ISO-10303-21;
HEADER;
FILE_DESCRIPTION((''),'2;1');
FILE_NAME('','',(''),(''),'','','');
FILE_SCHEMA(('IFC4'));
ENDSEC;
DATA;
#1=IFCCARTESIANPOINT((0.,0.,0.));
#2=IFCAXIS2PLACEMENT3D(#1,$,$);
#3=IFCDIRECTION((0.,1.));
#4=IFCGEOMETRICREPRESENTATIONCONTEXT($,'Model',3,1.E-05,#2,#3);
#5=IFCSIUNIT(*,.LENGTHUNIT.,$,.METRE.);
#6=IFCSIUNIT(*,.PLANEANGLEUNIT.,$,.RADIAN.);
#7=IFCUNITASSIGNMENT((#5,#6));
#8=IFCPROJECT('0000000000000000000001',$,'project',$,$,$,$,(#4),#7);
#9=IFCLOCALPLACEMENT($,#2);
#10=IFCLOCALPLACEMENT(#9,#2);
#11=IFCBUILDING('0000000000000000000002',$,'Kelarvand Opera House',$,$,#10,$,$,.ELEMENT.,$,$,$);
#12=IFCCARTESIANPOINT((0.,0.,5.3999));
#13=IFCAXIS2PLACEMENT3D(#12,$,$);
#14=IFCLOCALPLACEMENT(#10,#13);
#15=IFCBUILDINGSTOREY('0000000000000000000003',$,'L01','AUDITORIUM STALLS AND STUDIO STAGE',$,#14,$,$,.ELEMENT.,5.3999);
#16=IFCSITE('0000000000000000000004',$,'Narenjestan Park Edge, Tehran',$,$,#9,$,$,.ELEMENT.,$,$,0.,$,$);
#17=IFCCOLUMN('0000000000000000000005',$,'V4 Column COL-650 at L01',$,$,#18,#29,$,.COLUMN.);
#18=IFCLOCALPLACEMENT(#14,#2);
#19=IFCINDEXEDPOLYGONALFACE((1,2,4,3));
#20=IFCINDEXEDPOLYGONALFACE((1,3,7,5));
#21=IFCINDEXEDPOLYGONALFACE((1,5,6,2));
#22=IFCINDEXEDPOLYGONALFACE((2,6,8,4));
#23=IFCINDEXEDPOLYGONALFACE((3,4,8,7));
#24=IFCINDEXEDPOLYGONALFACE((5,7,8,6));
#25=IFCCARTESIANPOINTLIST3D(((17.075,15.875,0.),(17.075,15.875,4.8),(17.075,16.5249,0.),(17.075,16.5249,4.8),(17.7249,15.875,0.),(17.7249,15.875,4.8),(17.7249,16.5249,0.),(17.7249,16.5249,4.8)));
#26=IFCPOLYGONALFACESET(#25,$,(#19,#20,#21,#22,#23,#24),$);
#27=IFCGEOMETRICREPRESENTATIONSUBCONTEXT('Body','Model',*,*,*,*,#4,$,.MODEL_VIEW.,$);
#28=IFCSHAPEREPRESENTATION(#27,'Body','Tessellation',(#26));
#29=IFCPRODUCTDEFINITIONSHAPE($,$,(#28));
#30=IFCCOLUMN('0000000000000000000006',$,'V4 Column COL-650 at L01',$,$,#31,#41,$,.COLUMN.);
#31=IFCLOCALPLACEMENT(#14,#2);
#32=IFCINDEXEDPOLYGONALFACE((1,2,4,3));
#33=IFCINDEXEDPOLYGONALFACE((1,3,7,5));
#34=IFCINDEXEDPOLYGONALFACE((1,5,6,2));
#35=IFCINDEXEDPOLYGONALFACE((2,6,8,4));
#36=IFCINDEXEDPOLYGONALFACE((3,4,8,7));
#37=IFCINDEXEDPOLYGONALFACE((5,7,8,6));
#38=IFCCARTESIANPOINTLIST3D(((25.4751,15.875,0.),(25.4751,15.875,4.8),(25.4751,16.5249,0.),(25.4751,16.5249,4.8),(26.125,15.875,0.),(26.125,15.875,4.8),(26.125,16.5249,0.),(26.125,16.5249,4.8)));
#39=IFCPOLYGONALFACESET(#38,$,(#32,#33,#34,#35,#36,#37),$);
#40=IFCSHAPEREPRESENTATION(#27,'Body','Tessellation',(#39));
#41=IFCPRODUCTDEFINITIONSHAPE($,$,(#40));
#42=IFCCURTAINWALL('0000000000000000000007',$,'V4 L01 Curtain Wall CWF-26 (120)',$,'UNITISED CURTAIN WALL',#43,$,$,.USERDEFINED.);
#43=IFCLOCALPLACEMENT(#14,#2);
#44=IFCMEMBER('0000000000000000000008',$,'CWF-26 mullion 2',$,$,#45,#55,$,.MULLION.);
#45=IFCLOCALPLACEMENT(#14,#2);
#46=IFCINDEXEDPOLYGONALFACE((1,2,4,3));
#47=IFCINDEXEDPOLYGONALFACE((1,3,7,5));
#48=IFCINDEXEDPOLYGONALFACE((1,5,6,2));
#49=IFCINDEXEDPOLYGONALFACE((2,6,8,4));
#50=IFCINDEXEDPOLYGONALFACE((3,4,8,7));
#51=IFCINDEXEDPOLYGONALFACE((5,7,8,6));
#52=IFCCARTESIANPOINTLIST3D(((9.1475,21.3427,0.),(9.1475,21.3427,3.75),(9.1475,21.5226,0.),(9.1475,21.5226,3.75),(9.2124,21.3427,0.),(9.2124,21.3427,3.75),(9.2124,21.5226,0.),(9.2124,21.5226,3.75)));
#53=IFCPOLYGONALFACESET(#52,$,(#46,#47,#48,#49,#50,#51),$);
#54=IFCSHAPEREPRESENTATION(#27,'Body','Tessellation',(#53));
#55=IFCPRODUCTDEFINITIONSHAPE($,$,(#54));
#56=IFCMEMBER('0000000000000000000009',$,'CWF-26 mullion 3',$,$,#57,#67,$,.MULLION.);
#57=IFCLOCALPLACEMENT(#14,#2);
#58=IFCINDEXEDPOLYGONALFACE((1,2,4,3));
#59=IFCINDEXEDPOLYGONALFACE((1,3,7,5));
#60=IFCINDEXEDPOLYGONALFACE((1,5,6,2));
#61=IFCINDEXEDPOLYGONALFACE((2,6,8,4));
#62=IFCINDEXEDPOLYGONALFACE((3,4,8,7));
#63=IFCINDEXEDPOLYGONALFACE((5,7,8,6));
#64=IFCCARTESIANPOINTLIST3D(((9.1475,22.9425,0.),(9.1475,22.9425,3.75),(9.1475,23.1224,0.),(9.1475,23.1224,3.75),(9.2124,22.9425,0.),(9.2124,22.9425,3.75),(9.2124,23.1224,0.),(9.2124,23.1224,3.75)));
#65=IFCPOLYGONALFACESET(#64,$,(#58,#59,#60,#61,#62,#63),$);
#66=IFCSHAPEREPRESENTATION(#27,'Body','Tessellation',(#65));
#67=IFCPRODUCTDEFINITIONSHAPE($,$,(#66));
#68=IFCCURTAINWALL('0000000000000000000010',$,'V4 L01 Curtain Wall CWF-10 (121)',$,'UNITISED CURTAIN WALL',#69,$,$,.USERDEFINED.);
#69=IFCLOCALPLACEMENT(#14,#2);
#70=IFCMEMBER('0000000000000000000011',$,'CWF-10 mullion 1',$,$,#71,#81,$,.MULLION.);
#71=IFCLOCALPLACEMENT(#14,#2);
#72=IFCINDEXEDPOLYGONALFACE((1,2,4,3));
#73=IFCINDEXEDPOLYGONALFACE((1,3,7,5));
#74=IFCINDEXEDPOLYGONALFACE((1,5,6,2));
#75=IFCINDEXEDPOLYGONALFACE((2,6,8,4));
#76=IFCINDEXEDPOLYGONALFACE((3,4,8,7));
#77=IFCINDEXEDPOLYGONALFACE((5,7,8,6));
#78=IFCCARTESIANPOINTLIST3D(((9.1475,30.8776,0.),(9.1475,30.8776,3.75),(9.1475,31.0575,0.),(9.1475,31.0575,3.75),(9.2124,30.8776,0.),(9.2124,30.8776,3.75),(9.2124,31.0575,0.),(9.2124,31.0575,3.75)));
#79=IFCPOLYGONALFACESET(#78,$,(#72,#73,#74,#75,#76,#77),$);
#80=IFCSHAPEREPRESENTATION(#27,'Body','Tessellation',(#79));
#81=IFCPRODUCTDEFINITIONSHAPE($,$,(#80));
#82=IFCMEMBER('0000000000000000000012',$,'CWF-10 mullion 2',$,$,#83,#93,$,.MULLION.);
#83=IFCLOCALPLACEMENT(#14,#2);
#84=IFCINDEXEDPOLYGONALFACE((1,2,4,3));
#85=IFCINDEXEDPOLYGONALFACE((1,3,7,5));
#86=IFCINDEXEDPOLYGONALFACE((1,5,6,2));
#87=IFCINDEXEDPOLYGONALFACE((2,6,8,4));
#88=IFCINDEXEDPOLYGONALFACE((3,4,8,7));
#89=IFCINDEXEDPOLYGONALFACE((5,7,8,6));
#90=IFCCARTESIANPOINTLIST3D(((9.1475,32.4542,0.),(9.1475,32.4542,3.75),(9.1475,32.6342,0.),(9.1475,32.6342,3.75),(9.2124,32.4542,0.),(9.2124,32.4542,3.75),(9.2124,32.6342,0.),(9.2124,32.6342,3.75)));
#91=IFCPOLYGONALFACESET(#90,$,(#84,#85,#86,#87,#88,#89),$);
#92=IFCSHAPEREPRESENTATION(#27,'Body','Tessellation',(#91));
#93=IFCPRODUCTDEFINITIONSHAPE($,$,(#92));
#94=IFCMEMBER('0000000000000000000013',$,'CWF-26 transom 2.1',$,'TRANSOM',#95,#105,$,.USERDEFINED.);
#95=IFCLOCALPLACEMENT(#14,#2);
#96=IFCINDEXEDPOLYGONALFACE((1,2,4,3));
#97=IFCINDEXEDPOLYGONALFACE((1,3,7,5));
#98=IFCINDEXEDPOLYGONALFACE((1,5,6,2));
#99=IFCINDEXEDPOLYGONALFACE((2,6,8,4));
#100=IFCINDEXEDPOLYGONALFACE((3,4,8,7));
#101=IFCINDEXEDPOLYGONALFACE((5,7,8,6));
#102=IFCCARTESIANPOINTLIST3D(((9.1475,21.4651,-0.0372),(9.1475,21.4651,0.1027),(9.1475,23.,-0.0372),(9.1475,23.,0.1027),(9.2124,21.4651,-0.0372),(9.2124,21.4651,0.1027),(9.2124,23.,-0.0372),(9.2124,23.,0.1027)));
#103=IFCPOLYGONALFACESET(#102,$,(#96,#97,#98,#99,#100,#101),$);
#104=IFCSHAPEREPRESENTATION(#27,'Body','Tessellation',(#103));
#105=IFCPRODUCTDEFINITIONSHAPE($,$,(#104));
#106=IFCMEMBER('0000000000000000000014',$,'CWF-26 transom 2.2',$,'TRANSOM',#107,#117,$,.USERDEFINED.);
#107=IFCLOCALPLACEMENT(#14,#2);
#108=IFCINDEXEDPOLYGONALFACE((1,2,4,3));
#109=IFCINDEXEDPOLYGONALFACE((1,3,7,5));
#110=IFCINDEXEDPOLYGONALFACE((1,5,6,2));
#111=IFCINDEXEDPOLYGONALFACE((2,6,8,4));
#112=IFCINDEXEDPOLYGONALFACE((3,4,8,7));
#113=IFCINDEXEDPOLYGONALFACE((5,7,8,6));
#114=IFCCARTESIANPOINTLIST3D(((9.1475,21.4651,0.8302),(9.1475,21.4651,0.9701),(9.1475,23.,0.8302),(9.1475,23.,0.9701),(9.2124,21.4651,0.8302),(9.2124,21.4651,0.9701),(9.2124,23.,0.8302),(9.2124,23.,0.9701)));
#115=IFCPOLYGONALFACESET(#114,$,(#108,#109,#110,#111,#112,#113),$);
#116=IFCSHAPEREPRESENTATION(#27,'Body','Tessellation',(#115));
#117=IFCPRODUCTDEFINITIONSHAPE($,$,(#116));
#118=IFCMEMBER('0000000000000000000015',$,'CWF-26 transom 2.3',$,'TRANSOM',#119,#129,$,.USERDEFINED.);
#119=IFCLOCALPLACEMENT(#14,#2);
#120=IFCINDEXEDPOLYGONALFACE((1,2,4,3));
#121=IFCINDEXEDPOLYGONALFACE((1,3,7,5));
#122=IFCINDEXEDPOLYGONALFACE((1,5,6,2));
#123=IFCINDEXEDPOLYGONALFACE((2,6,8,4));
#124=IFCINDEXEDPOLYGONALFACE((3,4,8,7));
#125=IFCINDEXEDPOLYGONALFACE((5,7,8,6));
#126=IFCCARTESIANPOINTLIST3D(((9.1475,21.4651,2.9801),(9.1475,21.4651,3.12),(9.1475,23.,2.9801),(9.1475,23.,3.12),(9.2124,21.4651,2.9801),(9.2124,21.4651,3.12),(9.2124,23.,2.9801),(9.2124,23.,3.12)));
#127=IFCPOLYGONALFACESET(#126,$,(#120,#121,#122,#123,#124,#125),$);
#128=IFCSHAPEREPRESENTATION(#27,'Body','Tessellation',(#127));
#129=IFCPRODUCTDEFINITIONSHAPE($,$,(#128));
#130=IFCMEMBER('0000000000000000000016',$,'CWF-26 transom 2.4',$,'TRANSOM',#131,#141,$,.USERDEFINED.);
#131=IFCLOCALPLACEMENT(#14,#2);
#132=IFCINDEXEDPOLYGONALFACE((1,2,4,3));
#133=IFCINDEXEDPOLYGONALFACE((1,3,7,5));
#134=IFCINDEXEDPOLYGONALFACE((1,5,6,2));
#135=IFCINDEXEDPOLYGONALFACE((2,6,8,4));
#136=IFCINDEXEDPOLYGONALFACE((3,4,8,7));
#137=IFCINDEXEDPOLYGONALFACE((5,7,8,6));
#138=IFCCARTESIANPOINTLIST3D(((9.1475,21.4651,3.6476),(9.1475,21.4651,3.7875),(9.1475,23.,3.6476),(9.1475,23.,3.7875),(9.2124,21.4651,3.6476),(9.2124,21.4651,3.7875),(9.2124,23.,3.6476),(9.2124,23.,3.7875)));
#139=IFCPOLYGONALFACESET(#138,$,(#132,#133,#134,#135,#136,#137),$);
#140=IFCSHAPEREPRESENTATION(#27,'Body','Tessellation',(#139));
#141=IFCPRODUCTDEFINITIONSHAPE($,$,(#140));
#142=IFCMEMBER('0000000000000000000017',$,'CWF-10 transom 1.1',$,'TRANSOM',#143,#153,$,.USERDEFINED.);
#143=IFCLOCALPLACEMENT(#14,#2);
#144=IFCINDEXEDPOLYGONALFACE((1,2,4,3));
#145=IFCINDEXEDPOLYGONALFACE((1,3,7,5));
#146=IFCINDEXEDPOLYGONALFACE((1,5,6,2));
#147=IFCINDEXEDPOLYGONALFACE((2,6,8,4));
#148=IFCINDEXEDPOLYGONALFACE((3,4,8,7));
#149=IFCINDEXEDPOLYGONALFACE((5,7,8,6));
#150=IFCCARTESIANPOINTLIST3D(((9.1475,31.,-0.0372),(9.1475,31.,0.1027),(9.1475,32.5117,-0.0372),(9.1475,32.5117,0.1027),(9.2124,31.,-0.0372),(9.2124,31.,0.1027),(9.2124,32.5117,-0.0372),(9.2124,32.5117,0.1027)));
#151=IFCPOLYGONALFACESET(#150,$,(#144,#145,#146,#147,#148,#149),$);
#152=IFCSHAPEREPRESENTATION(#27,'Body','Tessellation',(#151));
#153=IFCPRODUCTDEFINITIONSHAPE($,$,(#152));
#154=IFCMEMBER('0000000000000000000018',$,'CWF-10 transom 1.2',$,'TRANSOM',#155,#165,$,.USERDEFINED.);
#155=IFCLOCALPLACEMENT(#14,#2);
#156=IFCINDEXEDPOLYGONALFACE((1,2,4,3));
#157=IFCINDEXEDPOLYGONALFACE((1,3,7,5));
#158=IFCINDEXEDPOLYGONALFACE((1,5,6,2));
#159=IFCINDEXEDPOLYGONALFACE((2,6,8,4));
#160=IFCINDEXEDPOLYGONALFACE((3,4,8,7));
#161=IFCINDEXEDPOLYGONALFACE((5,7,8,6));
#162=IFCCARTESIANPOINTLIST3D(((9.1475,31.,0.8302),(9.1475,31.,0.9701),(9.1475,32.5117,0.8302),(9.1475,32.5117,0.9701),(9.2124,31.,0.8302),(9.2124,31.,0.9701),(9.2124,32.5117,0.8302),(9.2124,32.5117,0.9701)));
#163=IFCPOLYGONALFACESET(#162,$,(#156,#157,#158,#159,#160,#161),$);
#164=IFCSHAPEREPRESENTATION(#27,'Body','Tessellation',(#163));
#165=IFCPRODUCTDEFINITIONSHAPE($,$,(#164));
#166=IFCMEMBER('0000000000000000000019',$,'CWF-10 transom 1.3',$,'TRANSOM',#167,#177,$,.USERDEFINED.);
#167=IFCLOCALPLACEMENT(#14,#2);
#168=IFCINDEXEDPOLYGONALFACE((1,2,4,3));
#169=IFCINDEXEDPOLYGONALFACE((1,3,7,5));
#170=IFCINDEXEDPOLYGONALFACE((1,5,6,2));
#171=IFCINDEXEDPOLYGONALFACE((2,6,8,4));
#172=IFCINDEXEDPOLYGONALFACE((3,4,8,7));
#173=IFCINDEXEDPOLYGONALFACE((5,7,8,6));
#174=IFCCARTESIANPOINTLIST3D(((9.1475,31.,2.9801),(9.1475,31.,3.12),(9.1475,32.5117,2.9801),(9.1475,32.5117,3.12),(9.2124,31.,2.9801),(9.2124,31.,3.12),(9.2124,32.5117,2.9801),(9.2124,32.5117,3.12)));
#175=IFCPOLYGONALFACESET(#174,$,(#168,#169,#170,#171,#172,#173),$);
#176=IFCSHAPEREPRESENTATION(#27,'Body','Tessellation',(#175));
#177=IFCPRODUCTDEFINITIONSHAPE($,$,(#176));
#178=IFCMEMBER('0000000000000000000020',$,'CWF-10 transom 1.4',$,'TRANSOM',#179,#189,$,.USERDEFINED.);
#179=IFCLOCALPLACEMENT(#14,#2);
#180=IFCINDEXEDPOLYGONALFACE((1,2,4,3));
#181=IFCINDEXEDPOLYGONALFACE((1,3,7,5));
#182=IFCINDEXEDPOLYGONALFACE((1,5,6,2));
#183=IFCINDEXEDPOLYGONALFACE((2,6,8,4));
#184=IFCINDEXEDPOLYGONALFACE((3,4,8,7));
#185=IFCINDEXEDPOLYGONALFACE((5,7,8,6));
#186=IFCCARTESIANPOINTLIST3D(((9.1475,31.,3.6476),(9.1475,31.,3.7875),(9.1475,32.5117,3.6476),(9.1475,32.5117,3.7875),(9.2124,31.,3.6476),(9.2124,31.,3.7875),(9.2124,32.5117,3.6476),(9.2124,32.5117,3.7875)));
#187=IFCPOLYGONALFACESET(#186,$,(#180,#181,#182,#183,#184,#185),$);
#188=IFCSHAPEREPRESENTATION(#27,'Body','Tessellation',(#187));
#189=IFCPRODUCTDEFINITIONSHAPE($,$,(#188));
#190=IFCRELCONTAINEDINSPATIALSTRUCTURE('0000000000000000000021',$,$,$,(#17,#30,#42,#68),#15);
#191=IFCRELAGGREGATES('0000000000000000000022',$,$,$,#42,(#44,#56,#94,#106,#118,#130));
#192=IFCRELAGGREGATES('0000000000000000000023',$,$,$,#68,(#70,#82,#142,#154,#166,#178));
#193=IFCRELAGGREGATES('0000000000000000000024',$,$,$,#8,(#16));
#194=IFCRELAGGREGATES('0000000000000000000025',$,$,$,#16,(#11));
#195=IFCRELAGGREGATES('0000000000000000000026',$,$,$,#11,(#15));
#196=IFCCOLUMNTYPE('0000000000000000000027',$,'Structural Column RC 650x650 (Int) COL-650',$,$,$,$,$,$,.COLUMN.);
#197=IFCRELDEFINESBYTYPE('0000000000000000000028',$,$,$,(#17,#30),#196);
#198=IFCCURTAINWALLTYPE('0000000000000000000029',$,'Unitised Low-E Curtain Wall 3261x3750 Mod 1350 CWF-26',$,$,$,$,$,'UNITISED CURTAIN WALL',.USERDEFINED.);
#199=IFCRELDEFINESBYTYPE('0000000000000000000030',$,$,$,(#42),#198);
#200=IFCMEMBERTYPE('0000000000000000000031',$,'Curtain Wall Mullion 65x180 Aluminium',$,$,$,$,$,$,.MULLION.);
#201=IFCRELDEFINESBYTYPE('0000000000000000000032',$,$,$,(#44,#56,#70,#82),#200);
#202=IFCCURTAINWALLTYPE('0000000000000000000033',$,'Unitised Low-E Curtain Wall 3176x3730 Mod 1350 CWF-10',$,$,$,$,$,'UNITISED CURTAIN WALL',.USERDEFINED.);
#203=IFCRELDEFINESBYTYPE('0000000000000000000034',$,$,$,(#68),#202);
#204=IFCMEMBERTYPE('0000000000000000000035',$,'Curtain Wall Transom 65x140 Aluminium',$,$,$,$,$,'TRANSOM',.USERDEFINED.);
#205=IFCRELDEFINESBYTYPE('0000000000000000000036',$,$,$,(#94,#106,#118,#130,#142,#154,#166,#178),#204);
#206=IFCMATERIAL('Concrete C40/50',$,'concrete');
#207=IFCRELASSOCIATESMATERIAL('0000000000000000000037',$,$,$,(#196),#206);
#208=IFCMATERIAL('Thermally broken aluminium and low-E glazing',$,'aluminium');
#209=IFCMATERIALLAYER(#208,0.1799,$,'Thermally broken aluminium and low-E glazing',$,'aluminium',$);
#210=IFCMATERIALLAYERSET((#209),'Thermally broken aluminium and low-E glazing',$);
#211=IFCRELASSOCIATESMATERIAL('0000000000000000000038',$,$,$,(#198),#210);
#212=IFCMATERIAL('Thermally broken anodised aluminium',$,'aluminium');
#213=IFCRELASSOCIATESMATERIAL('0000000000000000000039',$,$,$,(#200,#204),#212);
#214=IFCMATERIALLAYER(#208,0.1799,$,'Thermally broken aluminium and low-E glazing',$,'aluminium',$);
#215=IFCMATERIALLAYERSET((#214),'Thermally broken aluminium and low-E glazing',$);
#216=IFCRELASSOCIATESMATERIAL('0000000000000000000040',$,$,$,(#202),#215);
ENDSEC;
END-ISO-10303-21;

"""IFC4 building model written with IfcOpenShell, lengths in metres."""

from ifc_helpers import new_model, si_unit, direction, frame, origin, origin_2d, place, context, subcontext, project, spatial, rectangle, extrude, material, layer, layer_set, material_profile, profile_set, type_object, element, aggregate, save


model = new_model("IFC4")

# Units and contexts
model_context = context("Model", 3, precision=1e-05, world=origin(), true_north=direction((0.0, 1.0)))
body_context = subcontext(model_context, "Body", "Model", "MODEL_VIEW")
ifc_project = project(units=[si_unit("LENGTHUNIT", "METRE"), si_unit("PLANEANGLEUNIT", "RADIAN")], contexts=[model_context])

# Site, building, storey
site_placement = place(None, origin())
site = spatial("IfcSite", under=ifc_project, at=site_placement, Name="Narenjestan Park Edge, Tehran", CompositionType="ELEMENT", RefElevation=0.0)
building_placement = place(site_placement, origin())
building = spatial("IfcBuilding", under=site, at=building_placement, Name="Kelarvand Opera House", CompositionType="ELEMENT")
storey_placement = place(building_placement, frame((0.0, 0.0, 5.3999)))
storey = spatial("IfcBuildingStorey", under=building, at=storey_placement, Name="L01", Description="AUDITORIUM STALLS AND STUDIO STAGE", CompositionType="ELEMENT", Elevation=5.3999)

# Columns
ifc_material_1 = material(Name="Concrete C40/50", Category="concrete")
ifc_material_profile_1 = material_profile(ifc_material_1, rectangle(XDim=0.6499, YDim=0.6499, at=origin_2d()), Name="RC 650x650", Category="concrete")
ifc_profile_set_1 = profile_set([ifc_material_profile_1], Name="Concrete C40/50")
column_type = type_object("IfcColumnType", Name="Structural Column RC 650x650 (Int) COL-650", PredefinedType="COLUMN", material=ifc_profile_set_1)
for number, where, z_axis, x_axis, name in (
    (1, (17.3999, 16.2, 0.0), (0.0, 0.0, 1.0), (1.0, 0.0, 0.0), "V4 Column COL-650 at L01"),
    (2, (25.8, 16.2, 0.0), (0.0, 0.0, 1.0), (1.0, 0.0, 0.0), "V4 Column COL-650 at L01"),
):
    element("IfcColumn", number, at=place(storey_placement, frame(where, z_axis=z_axis, x_axis=x_axis)), inside=storey, type_object=column_type, Name=name, PredefinedType="COLUMN", context=body_context, shape_type="SweptSolid", body=[
        extrude(rectangle(XDim=0.6499, YDim=0.6499, at=origin_2d()), origin(), (0.0, 0.0, 1.0), 4.8),
    ])

# Curtain walls, members
ifc_material_2 = material(Name="Thermally broken aluminium and low-E glazing", Category="aluminium")
ifc_layer_1 = layer(ifc_material_2, 0.1799, Name="Thermally broken aluminium and low-E glazing", Category="aluminium")
ifc_layer_set_1 = layer_set([ifc_layer_1], Name="Thermally broken aluminium and low-E glazing")
curtain_wall_type_1 = type_object("IfcCurtainWallType", Name="Unitised Low-E Curtain Wall 3261x3750 Mod 1350 CWF-26", ElementType="UNITISED CURTAIN WALL", PredefinedType="USERDEFINED", material=ifc_layer_set_1)
curtain_wall_1_placement = place(storey_placement, origin())
curtain_wall_1 = element("IfcCurtainWall", 3, at=curtain_wall_1_placement, inside=storey, type_object=curtain_wall_type_1, Name="V4 L01 Curtain Wall CWF-26 (120)", ObjectType="UNITISED CURTAIN WALL", PredefinedType="USERDEFINED")
ifc_material_3 = material(Name="Thermally broken anodised aluminium", Category="aluminium")
ifc_material_profile_2 = material_profile(ifc_material_3, rectangle(XDim=0.0649, YDim=0.1799, at=origin_2d()), Name="ALU MULLION 65x180", Category="aluminium")
ifc_profile_set_2 = profile_set([ifc_material_profile_2], Name="Thermally broken anodised aluminium")
member_type_1 = type_object("IfcMemberType", Name="Curtain Wall Mullion 65x180 Aluminium", PredefinedType="MULLION", material=ifc_profile_set_2)
member_1_placement = place(storey_placement, frame((9.1799, 21.4326, 0.0), z_axis=(0.0, 0.0, 1.0), x_axis=(-1.0, 0.0, 0.0)))
member_1 = element("IfcMember", 4, at=member_1_placement, type_object=member_type_1, Name="CWF-26 mullion 2", PredefinedType="MULLION", context=body_context, shape_type="SweptSolid", body=[
    extrude(rectangle(XDim=0.0649, YDim=0.1799, at=origin_2d()), origin(), (0.0, 0.0, 1.0), 3.75),
])
member_2_placement = place(storey_placement, frame((9.1799, 23.0325, 0.0), z_axis=(0.0, 0.0, 1.0), x_axis=(-1.0, 0.0, 0.0)))
member_2 = element("IfcMember", 5, at=member_2_placement, type_object=member_type_1, Name="CWF-26 mullion 3", PredefinedType="MULLION", context=body_context, shape_type="SweptSolid", body=[
    extrude(rectangle(XDim=0.0649, YDim=0.1799, at=origin_2d()), origin(), (0.0, 0.0, 1.0), 3.75),
])
ifc_layer_2 = layer(ifc_material_2, 0.1799, Name="Thermally broken aluminium and low-E glazing", Category="aluminium")
ifc_layer_set_2 = layer_set([ifc_layer_2], Name="Thermally broken aluminium and low-E glazing")
curtain_wall_type_2 = type_object("IfcCurtainWallType", Name="Unitised Low-E Curtain Wall 3176x3730 Mod 1350 CWF-10", ElementType="UNITISED CURTAIN WALL", PredefinedType="USERDEFINED", material=ifc_layer_set_2)
curtain_wall_2_placement = place(storey_placement, origin())
curtain_wall_2 = element("IfcCurtainWall", 6, at=curtain_wall_2_placement, inside=storey, type_object=curtain_wall_type_2, Name="V4 L01 Curtain Wall CWF-10 (121)", ObjectType="UNITISED CURTAIN WALL", PredefinedType="USERDEFINED")
member_3_placement = place(storey_placement, frame((9.1799, 30.9675, 0.0), z_axis=(0.0, 0.0, 1.0), x_axis=(-1.0, 0.0, 0.0)))
member_3 = element("IfcMember", 7, at=member_3_placement, type_object=member_type_1, Name="CWF-10 mullion 1", PredefinedType="MULLION", context=body_context, shape_type="SweptSolid", body=[
    extrude(rectangle(XDim=0.0649, YDim=0.1799, at=origin_2d()), origin(), (0.0, 0.0, 1.0), 3.75),
])
member_4_placement = place(storey_placement, frame((9.1799, 32.5442, 0.0), z_axis=(0.0, 0.0, 1.0), x_axis=(-1.0, 0.0, 0.0)))
member_4 = element("IfcMember", 8, at=member_4_placement, type_object=member_type_1, Name="CWF-10 mullion 2", PredefinedType="MULLION", context=body_context, shape_type="SweptSolid", body=[
    extrude(rectangle(XDim=0.0649, YDim=0.1799, at=origin_2d()), origin(), (0.0, 0.0, 1.0), 3.75),
])

# Members
ifc_material_profile_3 = material_profile(ifc_material_3, rectangle(XDim=0.0649, YDim=0.1399, at=origin_2d()), Name="ALU TRANSOM 65x140", Category="aluminium")
ifc_profile_set_3 = profile_set([ifc_material_profile_3], Name="Thermally broken anodised aluminium")
member_type_2 = type_object("IfcMemberType", Name="Curtain Wall Transom 65x140 Aluminium", ElementType="TRANSOM", PredefinedType="USERDEFINED", material=ifc_profile_set_3)
member_5_placement = place(storey_placement, frame((9.1799, 21.4651, 0.0327), z_axis=(0.0, 1.0, 0.0), x_axis=(-1.0, 0.0, 0.0)))
member_5 = element("IfcMember", 9, at=member_5_placement, type_object=member_type_2, Name="CWF-26 transom 2.1", ObjectType="TRANSOM", PredefinedType="USERDEFINED", context=body_context, shape_type="SweptSolid", body=[
    extrude(rectangle(XDim=0.0649, YDim=0.1399, at=origin_2d()), origin(), (0.0, 0.0, 1.0), 1.5349),
])
member_6_placement = place(storey_placement, frame((9.1799, 21.4651, 0.9001), z_axis=(0.0, 1.0, 0.0), x_axis=(-1.0, 0.0, 0.0)))
member_6 = element("IfcMember", 10, at=member_6_placement, type_object=member_type_2, Name="CWF-26 transom 2.2", ObjectType="TRANSOM", PredefinedType="USERDEFINED", context=body_context, shape_type="SweptSolid", body=[
    extrude(rectangle(XDim=0.0649, YDim=0.1399, at=origin_2d()), origin(), (0.0, 0.0, 1.0), 1.5349),
])
member_7_placement = place(storey_placement, frame((9.1799, 21.4651, 3.05), z_axis=(0.0, 1.0, 0.0), x_axis=(-1.0, 0.0, 0.0)))
member_7 = element("IfcMember", 11, at=member_7_placement, type_object=member_type_2, Name="CWF-26 transom 2.3", ObjectType="TRANSOM", PredefinedType="USERDEFINED", context=body_context, shape_type="SweptSolid", body=[
    extrude(rectangle(XDim=0.0649, YDim=0.1399, at=origin_2d()), origin(), (0.0, 0.0, 1.0), 1.5349),
])
member_8_placement = place(storey_placement, frame((9.1799, 21.4651, 3.7175), z_axis=(0.0, 1.0, 0.0), x_axis=(-1.0, 0.0, 0.0)))
member_8 = element("IfcMember", 12, at=member_8_placement, type_object=member_type_2, Name="CWF-26 transom 2.4", ObjectType="TRANSOM", PredefinedType="USERDEFINED", context=body_context, shape_type="SweptSolid", body=[
    extrude(rectangle(XDim=0.0649, YDim=0.1399, at=origin_2d()), origin(), (0.0, 0.0, 1.0), 1.5349),
])
member_9_placement = place(storey_placement, frame((9.1799, 31.0, 0.0327), z_axis=(0.0, 1.0, 0.0), x_axis=(-1.0, 0.0, 0.0)))
member_9 = element("IfcMember", 13, at=member_9_placement, type_object=member_type_2, Name="CWF-10 transom 1.1", ObjectType="TRANSOM", PredefinedType="USERDEFINED", context=body_context, shape_type="SweptSolid", body=[
    extrude(rectangle(XDim=0.0649, YDim=0.1399, at=origin_2d()), origin(), (0.0, 0.0, 1.0), 1.5117),
])
member_10_placement = place(storey_placement, frame((9.1799, 31.0, 0.9001), z_axis=(0.0, 1.0, 0.0), x_axis=(-1.0, 0.0, 0.0)))
member_10 = element("IfcMember", 14, at=member_10_placement, type_object=member_type_2, Name="CWF-10 transom 1.2", ObjectType="TRANSOM", PredefinedType="USERDEFINED", context=body_context, shape_type="SweptSolid", body=[
    extrude(rectangle(XDim=0.0649, YDim=0.1399, at=origin_2d()), origin(), (0.0, 0.0, 1.0), 1.5117),
])
member_11_placement = place(storey_placement, frame((9.1799, 31.0, 3.05), z_axis=(0.0, 1.0, 0.0), x_axis=(-1.0, 0.0, 0.0)))
member_11 = element("IfcMember", 15, at=member_11_placement, type_object=member_type_2, Name="CWF-10 transom 1.3", ObjectType="TRANSOM", PredefinedType="USERDEFINED", context=body_context, shape_type="SweptSolid", body=[
    extrude(rectangle(XDim=0.0649, YDim=0.1399, at=origin_2d()), origin(), (0.0, 0.0, 1.0), 1.5117),
])
member_12_placement = place(storey_placement, frame((9.1799, 31.0, 3.7175), z_axis=(0.0, 1.0, 0.0), x_axis=(-1.0, 0.0, 0.0)))
member_12 = element("IfcMember", 16, at=member_12_placement, type_object=member_type_2, Name="CWF-10 transom 1.4", ObjectType="TRANSOM", PredefinedType="USERDEFINED", context=body_context, shape_type="SweptSolid", body=[
    extrude(rectangle(XDim=0.0649, YDim=0.1399, at=origin_2d()), origin(), (0.0, 0.0, 1.0), 1.5117),
])

aggregate(curtain_wall_1, [member_1, member_2, member_5, member_6, member_7, member_8])
aggregate(curtain_wall_2, [member_3, member_4, member_9, member_10, member_11, member_12])

save(model, "model.ifc")
